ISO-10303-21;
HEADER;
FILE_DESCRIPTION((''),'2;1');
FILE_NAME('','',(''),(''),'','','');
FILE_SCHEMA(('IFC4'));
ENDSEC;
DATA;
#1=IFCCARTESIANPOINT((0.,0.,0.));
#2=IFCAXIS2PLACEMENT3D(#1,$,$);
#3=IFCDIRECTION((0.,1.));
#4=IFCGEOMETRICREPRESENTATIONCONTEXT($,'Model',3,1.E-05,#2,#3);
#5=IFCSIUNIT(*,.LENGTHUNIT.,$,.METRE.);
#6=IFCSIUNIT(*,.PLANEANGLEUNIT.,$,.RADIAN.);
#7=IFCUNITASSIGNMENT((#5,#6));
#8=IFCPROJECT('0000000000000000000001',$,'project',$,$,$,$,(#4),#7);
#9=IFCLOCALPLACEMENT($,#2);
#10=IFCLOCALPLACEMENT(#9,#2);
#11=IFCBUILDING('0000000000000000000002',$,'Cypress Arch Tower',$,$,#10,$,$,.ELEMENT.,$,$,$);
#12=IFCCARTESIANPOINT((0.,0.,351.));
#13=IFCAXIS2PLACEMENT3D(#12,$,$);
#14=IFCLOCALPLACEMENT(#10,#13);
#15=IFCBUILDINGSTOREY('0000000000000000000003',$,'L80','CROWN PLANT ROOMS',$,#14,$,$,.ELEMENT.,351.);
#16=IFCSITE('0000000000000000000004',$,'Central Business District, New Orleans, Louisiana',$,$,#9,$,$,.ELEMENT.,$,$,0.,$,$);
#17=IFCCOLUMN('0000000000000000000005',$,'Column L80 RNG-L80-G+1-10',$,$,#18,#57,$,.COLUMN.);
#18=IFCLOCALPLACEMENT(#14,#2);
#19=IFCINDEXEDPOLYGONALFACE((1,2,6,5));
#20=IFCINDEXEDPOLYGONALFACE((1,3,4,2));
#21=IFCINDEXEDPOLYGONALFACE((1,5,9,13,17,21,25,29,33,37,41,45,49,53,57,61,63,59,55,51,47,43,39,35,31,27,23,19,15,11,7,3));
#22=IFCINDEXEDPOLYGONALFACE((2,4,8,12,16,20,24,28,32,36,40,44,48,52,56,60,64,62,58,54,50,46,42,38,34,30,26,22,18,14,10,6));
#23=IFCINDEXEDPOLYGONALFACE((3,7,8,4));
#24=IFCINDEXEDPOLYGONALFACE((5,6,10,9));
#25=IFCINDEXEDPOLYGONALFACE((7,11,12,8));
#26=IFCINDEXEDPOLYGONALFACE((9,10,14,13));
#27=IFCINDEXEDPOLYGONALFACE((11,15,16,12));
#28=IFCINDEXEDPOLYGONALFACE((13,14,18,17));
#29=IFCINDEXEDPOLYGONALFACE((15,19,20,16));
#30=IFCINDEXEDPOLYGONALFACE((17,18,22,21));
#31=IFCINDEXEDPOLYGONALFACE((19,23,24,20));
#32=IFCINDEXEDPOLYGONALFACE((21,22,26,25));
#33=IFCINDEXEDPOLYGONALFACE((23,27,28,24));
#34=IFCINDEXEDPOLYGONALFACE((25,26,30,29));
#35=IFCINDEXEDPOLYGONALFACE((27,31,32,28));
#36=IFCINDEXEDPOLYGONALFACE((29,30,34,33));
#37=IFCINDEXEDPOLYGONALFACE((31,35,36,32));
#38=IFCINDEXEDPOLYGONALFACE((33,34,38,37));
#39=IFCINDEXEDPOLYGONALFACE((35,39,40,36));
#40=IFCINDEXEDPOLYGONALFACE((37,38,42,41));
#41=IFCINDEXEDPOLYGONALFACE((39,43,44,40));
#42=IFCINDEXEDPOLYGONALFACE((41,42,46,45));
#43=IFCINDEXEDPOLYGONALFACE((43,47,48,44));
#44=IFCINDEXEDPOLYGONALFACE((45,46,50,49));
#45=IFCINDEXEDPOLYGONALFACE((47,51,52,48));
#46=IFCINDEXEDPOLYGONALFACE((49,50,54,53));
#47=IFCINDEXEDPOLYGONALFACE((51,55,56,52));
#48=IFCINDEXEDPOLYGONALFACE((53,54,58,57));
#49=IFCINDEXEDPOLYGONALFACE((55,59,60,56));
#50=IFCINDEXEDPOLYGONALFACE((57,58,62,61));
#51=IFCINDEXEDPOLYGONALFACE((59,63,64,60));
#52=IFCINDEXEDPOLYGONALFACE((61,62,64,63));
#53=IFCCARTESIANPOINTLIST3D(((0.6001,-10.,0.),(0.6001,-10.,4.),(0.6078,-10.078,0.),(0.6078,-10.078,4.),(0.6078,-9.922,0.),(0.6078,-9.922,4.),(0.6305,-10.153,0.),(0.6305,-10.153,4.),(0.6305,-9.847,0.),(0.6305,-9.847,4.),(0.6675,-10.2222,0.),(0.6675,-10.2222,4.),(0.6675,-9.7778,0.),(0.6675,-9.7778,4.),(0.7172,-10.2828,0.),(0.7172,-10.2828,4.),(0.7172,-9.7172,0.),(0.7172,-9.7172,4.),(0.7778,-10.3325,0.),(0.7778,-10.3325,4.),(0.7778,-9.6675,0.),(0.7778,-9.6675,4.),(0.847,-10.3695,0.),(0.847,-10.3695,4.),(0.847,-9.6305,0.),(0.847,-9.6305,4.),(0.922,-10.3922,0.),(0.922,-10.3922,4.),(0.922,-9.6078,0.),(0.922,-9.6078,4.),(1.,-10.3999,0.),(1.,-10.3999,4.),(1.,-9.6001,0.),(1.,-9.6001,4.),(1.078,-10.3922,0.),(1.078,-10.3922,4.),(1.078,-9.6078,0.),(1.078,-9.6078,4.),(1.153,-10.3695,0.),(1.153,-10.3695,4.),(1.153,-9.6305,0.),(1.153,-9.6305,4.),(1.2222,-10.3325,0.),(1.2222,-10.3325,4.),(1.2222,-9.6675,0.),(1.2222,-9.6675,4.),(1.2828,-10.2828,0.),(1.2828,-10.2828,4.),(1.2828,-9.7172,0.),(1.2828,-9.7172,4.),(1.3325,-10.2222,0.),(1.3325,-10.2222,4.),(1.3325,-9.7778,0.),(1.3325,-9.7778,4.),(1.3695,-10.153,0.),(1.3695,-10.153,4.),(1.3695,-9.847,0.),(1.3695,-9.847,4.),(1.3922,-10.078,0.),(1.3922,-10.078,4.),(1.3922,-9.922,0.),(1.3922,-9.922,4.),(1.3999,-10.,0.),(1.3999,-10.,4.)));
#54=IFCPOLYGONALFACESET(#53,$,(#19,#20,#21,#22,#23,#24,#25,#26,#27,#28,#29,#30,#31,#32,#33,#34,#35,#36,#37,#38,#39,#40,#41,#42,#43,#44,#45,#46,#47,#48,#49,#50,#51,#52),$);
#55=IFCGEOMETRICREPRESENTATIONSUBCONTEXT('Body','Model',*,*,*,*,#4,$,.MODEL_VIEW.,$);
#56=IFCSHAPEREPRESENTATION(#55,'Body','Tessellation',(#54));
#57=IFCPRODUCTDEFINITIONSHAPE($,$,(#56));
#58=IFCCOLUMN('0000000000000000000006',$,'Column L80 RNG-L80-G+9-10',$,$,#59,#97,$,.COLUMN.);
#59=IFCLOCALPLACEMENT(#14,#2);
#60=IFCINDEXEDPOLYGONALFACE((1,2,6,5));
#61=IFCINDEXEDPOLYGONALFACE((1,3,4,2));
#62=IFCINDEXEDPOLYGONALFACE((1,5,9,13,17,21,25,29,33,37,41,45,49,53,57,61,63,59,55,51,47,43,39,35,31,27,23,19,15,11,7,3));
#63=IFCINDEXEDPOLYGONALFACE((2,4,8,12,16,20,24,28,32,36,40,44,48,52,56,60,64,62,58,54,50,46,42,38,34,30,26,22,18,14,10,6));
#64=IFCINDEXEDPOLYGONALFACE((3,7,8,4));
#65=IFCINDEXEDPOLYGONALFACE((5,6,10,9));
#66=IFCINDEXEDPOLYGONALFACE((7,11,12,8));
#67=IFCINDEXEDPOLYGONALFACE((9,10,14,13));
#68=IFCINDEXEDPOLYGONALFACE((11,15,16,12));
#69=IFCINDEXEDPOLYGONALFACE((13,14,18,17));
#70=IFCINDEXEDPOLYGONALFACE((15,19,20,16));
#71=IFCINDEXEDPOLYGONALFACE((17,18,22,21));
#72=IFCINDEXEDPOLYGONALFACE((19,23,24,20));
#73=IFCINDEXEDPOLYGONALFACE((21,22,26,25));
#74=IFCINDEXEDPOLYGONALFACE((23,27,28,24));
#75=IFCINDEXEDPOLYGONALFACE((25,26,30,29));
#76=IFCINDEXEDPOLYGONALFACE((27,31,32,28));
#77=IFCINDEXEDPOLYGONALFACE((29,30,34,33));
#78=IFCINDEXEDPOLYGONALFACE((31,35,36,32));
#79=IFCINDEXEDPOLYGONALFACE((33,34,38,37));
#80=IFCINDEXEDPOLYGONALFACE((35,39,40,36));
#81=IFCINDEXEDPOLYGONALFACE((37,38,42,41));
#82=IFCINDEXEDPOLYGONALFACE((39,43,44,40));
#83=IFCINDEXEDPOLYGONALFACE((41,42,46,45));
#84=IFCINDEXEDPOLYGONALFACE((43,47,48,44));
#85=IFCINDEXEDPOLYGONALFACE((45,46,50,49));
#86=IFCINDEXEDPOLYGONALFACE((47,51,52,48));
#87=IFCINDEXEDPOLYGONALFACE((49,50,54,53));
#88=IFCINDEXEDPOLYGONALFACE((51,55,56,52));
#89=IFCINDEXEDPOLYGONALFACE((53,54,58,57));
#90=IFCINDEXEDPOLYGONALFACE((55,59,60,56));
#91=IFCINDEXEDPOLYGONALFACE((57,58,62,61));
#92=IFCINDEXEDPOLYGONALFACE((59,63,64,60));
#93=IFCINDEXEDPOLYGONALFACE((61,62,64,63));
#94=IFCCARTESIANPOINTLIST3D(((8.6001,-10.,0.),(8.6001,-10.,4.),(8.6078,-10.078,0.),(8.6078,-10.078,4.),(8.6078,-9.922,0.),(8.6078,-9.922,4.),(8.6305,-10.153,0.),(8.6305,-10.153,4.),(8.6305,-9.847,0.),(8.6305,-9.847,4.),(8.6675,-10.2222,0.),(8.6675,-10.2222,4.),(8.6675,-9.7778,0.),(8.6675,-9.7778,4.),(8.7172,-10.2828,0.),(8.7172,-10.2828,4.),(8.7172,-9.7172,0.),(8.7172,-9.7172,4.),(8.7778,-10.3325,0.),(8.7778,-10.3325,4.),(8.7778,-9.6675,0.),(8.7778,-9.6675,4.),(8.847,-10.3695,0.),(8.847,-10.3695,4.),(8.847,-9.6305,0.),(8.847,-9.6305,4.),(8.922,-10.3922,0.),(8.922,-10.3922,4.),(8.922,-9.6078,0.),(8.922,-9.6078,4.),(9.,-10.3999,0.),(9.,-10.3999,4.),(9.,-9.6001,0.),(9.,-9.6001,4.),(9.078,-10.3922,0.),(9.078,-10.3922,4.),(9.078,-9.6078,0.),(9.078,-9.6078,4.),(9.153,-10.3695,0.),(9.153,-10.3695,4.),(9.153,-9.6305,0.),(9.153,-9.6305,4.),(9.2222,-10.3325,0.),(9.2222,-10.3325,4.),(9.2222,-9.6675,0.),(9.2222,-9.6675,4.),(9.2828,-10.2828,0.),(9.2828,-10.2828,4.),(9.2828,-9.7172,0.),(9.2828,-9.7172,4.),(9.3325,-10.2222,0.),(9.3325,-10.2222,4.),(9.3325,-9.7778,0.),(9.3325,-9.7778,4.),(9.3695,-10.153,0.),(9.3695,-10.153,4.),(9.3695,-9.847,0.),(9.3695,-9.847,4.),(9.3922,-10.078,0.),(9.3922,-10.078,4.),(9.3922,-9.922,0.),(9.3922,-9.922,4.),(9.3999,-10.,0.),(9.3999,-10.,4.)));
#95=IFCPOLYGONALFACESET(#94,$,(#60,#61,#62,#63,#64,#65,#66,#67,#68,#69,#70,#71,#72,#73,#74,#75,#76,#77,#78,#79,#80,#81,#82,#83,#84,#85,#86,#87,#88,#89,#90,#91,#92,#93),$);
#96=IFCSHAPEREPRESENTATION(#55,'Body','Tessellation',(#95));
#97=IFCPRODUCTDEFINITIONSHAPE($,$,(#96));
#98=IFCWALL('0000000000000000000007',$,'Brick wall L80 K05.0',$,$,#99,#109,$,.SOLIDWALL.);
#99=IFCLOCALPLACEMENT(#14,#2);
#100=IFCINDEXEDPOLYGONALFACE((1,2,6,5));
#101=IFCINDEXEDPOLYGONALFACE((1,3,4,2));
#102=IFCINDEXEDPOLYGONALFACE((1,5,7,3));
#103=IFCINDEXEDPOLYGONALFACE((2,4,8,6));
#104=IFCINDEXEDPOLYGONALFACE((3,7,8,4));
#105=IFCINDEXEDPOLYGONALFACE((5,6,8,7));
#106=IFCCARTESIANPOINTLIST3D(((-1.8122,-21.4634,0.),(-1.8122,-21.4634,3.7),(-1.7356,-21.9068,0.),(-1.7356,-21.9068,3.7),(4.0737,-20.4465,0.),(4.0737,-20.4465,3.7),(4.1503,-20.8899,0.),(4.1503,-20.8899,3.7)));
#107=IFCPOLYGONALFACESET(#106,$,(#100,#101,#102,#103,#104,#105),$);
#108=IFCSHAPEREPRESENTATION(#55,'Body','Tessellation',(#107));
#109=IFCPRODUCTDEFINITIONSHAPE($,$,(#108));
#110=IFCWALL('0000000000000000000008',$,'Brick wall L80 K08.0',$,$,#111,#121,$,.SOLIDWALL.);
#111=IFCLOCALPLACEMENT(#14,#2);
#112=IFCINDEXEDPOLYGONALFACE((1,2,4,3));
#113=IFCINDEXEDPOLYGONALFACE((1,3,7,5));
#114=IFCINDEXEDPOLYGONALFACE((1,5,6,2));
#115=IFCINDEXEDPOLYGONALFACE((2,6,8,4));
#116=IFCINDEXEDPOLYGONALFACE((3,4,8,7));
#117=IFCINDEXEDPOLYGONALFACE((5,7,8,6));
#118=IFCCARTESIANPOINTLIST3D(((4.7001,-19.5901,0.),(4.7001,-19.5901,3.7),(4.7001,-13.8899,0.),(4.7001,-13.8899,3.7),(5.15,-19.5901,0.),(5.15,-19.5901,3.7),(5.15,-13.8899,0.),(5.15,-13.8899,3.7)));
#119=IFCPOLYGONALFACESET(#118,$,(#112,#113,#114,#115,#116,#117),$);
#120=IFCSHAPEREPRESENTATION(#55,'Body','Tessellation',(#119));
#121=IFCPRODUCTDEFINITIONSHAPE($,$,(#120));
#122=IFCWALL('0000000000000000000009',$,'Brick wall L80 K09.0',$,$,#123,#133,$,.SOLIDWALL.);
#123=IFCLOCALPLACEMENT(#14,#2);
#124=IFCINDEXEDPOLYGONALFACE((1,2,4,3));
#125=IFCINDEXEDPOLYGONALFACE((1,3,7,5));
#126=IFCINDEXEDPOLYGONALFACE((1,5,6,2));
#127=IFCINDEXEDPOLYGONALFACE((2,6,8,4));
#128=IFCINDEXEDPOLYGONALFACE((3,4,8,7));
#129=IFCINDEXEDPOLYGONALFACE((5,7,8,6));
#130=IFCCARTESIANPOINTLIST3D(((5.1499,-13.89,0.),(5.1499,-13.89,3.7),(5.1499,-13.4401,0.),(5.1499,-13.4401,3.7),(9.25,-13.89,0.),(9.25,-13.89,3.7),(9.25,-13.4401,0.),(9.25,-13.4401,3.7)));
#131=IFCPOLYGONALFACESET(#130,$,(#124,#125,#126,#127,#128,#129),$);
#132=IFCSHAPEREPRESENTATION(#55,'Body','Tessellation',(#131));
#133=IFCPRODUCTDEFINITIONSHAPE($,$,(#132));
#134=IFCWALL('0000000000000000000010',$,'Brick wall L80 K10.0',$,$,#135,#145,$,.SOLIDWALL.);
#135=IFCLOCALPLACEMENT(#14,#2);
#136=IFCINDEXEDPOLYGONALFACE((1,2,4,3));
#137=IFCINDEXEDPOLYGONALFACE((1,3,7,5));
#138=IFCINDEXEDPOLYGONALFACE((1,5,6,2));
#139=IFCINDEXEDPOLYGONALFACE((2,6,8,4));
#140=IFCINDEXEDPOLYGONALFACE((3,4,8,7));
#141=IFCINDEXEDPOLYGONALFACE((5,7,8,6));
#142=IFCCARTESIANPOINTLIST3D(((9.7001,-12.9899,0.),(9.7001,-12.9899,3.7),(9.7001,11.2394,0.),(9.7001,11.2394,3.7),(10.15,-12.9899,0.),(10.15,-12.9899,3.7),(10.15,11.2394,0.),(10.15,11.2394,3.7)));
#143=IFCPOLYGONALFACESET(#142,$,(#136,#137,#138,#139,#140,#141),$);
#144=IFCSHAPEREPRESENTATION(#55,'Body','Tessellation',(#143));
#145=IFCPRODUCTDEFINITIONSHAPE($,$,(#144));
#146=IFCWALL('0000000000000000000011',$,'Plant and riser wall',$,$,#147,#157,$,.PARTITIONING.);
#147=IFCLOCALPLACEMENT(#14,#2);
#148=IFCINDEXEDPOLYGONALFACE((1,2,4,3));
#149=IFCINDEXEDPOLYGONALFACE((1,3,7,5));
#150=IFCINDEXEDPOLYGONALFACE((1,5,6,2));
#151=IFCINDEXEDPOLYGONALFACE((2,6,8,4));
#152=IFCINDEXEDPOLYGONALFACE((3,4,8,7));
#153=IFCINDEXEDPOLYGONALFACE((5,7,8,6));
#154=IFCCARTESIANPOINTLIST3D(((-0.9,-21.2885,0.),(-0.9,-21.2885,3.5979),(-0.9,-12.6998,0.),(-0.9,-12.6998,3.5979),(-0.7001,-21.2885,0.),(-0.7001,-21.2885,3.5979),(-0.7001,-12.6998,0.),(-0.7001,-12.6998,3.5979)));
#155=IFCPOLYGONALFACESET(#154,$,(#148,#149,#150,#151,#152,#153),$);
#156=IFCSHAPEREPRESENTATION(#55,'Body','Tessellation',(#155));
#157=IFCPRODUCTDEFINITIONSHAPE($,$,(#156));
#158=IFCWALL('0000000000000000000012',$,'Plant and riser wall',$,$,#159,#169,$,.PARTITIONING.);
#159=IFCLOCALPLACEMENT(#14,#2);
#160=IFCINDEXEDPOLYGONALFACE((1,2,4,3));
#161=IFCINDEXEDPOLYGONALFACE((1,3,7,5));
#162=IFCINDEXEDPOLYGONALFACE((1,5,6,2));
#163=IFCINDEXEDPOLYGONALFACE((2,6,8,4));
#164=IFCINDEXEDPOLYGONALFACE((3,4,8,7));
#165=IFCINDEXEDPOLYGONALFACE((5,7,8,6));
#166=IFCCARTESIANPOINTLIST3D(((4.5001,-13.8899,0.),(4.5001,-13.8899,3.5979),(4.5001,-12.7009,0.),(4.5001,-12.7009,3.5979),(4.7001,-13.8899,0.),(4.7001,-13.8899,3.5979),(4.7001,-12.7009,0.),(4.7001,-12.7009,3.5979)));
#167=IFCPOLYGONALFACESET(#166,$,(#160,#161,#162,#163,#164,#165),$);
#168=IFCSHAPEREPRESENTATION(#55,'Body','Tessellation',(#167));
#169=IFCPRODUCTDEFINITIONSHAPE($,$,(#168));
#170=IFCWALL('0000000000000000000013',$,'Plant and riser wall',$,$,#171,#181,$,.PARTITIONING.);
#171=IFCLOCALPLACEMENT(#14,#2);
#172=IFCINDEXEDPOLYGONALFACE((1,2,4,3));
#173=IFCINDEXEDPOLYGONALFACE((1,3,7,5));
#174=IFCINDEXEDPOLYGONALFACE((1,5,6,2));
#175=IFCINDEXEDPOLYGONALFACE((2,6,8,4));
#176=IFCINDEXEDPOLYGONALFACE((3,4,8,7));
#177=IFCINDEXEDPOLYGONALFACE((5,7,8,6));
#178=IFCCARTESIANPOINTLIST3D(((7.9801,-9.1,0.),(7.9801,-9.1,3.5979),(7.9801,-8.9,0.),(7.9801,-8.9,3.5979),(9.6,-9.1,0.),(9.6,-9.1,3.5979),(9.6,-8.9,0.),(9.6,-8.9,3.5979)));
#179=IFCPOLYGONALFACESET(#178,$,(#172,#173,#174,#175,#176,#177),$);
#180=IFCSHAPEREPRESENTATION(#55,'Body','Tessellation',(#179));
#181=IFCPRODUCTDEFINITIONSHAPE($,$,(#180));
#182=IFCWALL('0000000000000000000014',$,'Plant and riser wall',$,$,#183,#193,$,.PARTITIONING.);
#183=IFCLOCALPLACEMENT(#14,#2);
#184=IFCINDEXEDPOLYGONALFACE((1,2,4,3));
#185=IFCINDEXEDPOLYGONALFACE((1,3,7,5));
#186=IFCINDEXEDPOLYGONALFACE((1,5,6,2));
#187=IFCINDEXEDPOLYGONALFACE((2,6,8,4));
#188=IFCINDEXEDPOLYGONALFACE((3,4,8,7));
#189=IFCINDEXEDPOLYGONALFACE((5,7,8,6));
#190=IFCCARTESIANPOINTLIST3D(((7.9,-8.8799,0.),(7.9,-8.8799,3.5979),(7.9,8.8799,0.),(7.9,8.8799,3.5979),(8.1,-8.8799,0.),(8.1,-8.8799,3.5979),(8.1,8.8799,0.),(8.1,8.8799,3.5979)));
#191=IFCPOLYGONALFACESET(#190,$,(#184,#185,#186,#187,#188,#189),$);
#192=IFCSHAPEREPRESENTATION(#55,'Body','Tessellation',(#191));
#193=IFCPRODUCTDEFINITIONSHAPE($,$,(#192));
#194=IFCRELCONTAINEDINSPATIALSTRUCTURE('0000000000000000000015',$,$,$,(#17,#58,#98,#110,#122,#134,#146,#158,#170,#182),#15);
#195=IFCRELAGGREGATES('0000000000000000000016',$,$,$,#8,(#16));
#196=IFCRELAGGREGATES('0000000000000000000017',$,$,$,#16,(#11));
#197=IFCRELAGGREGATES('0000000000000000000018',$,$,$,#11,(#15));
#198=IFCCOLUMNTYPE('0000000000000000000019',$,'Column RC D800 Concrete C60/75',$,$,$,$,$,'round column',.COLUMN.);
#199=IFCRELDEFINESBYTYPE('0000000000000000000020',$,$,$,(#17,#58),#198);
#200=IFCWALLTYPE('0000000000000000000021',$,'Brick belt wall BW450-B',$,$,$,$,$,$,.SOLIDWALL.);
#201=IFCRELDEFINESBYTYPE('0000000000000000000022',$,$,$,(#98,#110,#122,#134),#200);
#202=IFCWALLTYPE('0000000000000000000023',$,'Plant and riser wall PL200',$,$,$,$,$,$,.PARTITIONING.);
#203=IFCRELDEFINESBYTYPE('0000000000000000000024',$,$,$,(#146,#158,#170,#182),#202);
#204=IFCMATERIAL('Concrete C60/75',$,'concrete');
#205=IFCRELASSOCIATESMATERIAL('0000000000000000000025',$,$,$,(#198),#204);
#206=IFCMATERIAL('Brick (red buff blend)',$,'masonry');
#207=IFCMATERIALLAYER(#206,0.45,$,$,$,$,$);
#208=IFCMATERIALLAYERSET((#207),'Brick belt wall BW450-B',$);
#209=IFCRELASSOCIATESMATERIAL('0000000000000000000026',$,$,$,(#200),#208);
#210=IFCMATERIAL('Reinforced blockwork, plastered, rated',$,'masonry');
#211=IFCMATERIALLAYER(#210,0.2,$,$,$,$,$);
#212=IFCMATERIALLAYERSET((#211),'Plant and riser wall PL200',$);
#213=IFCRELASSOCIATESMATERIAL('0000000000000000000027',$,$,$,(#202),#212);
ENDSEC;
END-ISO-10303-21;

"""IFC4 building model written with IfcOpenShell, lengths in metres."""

from ifc_helpers import new_model, si_unit, direction, frame, frame_2d, origin, origin_2d, place, context, subcontext, project, spatial, rectangle, circle, extrude, material, layer, layer_set, material_profile, profile_set, type_object, element, save


model = new_model("IFC4")

# Units and contexts
model_context = context("Model", 3, precision=1e-05, world=origin(), true_north=direction((0.0, 1.0)))
body_context = subcontext(model_context, "Body", "Model", "MODEL_VIEW")
ifc_project = project(units=[si_unit("LENGTHUNIT", "METRE"), si_unit("PLANEANGLEUNIT", "RADIAN")], contexts=[model_context])

# Site, building, storey
site_placement = place(None, origin())
site = spatial("IfcSite", under=ifc_project, at=site_placement, Name="Central Business District, New Orleans, Louisiana", CompositionType="ELEMENT", RefElevation=0.0)
building_placement = place(site_placement, origin())
building = spatial("IfcBuilding", under=site, at=building_placement, Name="Cypress Arch Tower", CompositionType="ELEMENT")
storey_placement = place(building_placement, frame((0.0, 0.0, 351.0)))
storey = spatial("IfcBuildingStorey", under=building, at=storey_placement, Name="L80", Description="CROWN PLANT ROOMS", CompositionType="ELEMENT", Elevation=351.0)

# Columns
ifc_material_1 = material(Name="Concrete C60/75", Category="concrete")
ifc_material_profile = material_profile(ifc_material_1, circle(Radius=0.3999, at=origin_2d()), Name="RC D800")
ifc_profile_set = profile_set([ifc_material_profile], Name="Concrete C60/75")
column_type = type_object("IfcColumnType", Name="Column RC D800 Concrete C60/75", ElementType="round column", PredefinedType="COLUMN", material=ifc_profile_set)
for number, where, z_axis, x_axis, name in (
    (1, (1.0, -10.0, 0.0), (0.0, 0.0, 1.0), (1.0, 0.0, 0.0), "Column L80 RNG-L80-G+1-10"),
    (2, (9.0, -10.0, 0.0), (0.0, 0.0, 1.0), (1.0, 0.0, 0.0), "Column L80 RNG-L80-G+9-10"),
):
    element("IfcColumn", number, at=place(storey_placement, frame(where, z_axis=z_axis, x_axis=x_axis)), inside=storey, type_object=column_type, Name=name, PredefinedType="COLUMN", context=body_context, shape_type="SweptSolid", body=[
        extrude(circle(Radius=0.3999, at=origin_2d()), origin(), (0.0, 0.0, 1.0), 4.0),
    ])

# Walls
ifc_material_2 = material(Name="Brick (red buff blend)", Category="masonry")
ifc_layer_1 = layer(ifc_material_2, 0.45)
ifc_layer_set_1 = layer_set([ifc_layer_1], Name="Brick belt wall BW450-B")
wall_type_1 = type_object("IfcWallType", Name="Brick belt wall BW450-B", PredefinedType="SOLIDWALL", material=ifc_layer_set_1)
wall_1_placement = place(storey_placement, frame((-1.7739, -21.6851, 0.0), z_axis=(0.0, 0.0, 1.0), x_axis=(0.985403, 0.170235, 0.0)))
element("IfcWall", 3, at=wall_1_placement, inside=storey, type_object=wall_type_1, Name="Brick wall L80 K05.0", PredefinedType="SOLIDWALL", context=body_context, shape_type="SweptSolid", body=[
    extrude(rectangle(XDim=5.9731, YDim=0.45, at=frame_2d((2.9866, 0.0))), origin(), (0.0, 0.0, 1.0), 3.7),
])
wall_2_placement = place(storey_placement, frame((4.925, -19.5901, 0.0), z_axis=(0.0, 0.0, 1.0), x_axis=(0.0, 1.0, 0.0)))
element("IfcWall", 4, at=wall_2_placement, inside=storey, type_object=wall_type_1, Name="Brick wall L80 K08.0", PredefinedType="SOLIDWALL", context=body_context, shape_type="SweptSolid", body=[
    extrude(rectangle(XDim=5.7002, YDim=0.45, at=frame_2d((2.8501, 0.0))), origin(), (0.0, 0.0, 1.0), 3.7),
])
wall_3_placement = place(storey_placement, frame((5.1499, -13.665, 0.0), z_axis=(0.0, 0.0, 1.0), x_axis=(1.0, 0.0, 0.0)))
element("IfcWall", 5, at=wall_3_placement, inside=storey, type_object=wall_type_1, Name="Brick wall L80 K09.0", PredefinedType="SOLIDWALL", context=body_context, shape_type="SweptSolid", body=[
    extrude(rectangle(XDim=4.1001, YDim=0.45, at=frame_2d((2.05, 0.0))), origin(), (0.0, 0.0, 1.0), 3.7),
])
wall_4_placement = place(storey_placement, frame((9.925, -12.99, 0.0), z_axis=(0.0, 0.0, 1.0), x_axis=(0.0, 1.0, 0.0)))
element("IfcWall", 6, at=wall_4_placement, inside=storey, type_object=wall_type_1, Name="Brick wall L80 K10.0", PredefinedType="SOLIDWALL", context=body_context, shape_type="SweptSolid", body=[
    extrude(rectangle(XDim=24.2292, YDim=0.45, at=frame_2d((12.1147, 0.0))), origin(), (0.0, 0.0, 1.0), 3.7),
])
ifc_material_3 = material(Name="Reinforced blockwork, plastered, rated", Category="masonry")
ifc_layer_2 = layer(ifc_material_3, 0.2)
ifc_layer_set_2 = layer_set([ifc_layer_2], Name="Plant and riser wall PL200")
wall_type_2 = type_object("IfcWallType", Name="Plant and riser wall PL200", PredefinedType="PARTITIONING", material=ifc_layer_set_2)
wall_5_placement = place(storey_placement, frame((-0.8, -21.2886, 0.0), z_axis=(0.0, 0.0, 1.0), x_axis=(0.0, 1.0, 0.0)))
element("IfcWall", 7, at=wall_5_placement, inside=storey, type_object=wall_type_2, Name="Plant and riser wall", PredefinedType="PARTITIONING", context=body_context, shape_type="SweptSolid", body=[
    extrude(rectangle(XDim=8.5886, YDim=0.2, at=frame_2d((4.2944, 0.0))), origin(), (0.0, 0.0, 1.0), 3.5979),
])
wall_6_placement = place(storey_placement, frame((4.6001, -13.8899, 0.0), z_axis=(0.0, 0.0, 1.0), x_axis=(0.0, 1.0, 0.0)))
element("IfcWall", 8, at=wall_6_placement, inside=storey, type_object=wall_type_2, Name="Plant and riser wall", PredefinedType="PARTITIONING", context=body_context, shape_type="SweptSolid", body=[
    extrude(rectangle(XDim=1.189, YDim=0.2, at=frame_2d((0.5945, 0.0))), origin(), (0.0, 0.0, 1.0), 3.5979),
])
wall_7_placement = place(storey_placement, frame((7.98, -9.0, 0.0), z_axis=(0.0, 0.0, 1.0), x_axis=(1.0, 0.0, 0.0)))
element("IfcWall", 9, at=wall_7_placement, inside=storey, type_object=wall_type_2, Name="Plant and riser wall", PredefinedType="PARTITIONING", context=body_context, shape_type="SweptSolid", body=[
    extrude(rectangle(XDim=1.6199, YDim=0.2, at=frame_2d((0.8101, 0.0))), origin(), (0.0, 0.0, 1.0), 3.5979),
])
wall_8_placement = place(storey_placement, frame((8.0, -8.8799, 0.0), z_axis=(0.0, 0.0, 1.0), x_axis=(0.0, 1.0, 0.0)))
element("IfcWall", 10, at=wall_8_placement, inside=storey, type_object=wall_type_2, Name="Plant and riser wall", PredefinedType="PARTITIONING", context=body_context, shape_type="SweptSolid", body=[
    extrude(rectangle(XDim=17.7598, YDim=0.2, at=frame_2d((8.8799, 0.0))), origin(), (0.0, 0.0, 1.0), 3.5979),
])

save(model, "model.ifc")
